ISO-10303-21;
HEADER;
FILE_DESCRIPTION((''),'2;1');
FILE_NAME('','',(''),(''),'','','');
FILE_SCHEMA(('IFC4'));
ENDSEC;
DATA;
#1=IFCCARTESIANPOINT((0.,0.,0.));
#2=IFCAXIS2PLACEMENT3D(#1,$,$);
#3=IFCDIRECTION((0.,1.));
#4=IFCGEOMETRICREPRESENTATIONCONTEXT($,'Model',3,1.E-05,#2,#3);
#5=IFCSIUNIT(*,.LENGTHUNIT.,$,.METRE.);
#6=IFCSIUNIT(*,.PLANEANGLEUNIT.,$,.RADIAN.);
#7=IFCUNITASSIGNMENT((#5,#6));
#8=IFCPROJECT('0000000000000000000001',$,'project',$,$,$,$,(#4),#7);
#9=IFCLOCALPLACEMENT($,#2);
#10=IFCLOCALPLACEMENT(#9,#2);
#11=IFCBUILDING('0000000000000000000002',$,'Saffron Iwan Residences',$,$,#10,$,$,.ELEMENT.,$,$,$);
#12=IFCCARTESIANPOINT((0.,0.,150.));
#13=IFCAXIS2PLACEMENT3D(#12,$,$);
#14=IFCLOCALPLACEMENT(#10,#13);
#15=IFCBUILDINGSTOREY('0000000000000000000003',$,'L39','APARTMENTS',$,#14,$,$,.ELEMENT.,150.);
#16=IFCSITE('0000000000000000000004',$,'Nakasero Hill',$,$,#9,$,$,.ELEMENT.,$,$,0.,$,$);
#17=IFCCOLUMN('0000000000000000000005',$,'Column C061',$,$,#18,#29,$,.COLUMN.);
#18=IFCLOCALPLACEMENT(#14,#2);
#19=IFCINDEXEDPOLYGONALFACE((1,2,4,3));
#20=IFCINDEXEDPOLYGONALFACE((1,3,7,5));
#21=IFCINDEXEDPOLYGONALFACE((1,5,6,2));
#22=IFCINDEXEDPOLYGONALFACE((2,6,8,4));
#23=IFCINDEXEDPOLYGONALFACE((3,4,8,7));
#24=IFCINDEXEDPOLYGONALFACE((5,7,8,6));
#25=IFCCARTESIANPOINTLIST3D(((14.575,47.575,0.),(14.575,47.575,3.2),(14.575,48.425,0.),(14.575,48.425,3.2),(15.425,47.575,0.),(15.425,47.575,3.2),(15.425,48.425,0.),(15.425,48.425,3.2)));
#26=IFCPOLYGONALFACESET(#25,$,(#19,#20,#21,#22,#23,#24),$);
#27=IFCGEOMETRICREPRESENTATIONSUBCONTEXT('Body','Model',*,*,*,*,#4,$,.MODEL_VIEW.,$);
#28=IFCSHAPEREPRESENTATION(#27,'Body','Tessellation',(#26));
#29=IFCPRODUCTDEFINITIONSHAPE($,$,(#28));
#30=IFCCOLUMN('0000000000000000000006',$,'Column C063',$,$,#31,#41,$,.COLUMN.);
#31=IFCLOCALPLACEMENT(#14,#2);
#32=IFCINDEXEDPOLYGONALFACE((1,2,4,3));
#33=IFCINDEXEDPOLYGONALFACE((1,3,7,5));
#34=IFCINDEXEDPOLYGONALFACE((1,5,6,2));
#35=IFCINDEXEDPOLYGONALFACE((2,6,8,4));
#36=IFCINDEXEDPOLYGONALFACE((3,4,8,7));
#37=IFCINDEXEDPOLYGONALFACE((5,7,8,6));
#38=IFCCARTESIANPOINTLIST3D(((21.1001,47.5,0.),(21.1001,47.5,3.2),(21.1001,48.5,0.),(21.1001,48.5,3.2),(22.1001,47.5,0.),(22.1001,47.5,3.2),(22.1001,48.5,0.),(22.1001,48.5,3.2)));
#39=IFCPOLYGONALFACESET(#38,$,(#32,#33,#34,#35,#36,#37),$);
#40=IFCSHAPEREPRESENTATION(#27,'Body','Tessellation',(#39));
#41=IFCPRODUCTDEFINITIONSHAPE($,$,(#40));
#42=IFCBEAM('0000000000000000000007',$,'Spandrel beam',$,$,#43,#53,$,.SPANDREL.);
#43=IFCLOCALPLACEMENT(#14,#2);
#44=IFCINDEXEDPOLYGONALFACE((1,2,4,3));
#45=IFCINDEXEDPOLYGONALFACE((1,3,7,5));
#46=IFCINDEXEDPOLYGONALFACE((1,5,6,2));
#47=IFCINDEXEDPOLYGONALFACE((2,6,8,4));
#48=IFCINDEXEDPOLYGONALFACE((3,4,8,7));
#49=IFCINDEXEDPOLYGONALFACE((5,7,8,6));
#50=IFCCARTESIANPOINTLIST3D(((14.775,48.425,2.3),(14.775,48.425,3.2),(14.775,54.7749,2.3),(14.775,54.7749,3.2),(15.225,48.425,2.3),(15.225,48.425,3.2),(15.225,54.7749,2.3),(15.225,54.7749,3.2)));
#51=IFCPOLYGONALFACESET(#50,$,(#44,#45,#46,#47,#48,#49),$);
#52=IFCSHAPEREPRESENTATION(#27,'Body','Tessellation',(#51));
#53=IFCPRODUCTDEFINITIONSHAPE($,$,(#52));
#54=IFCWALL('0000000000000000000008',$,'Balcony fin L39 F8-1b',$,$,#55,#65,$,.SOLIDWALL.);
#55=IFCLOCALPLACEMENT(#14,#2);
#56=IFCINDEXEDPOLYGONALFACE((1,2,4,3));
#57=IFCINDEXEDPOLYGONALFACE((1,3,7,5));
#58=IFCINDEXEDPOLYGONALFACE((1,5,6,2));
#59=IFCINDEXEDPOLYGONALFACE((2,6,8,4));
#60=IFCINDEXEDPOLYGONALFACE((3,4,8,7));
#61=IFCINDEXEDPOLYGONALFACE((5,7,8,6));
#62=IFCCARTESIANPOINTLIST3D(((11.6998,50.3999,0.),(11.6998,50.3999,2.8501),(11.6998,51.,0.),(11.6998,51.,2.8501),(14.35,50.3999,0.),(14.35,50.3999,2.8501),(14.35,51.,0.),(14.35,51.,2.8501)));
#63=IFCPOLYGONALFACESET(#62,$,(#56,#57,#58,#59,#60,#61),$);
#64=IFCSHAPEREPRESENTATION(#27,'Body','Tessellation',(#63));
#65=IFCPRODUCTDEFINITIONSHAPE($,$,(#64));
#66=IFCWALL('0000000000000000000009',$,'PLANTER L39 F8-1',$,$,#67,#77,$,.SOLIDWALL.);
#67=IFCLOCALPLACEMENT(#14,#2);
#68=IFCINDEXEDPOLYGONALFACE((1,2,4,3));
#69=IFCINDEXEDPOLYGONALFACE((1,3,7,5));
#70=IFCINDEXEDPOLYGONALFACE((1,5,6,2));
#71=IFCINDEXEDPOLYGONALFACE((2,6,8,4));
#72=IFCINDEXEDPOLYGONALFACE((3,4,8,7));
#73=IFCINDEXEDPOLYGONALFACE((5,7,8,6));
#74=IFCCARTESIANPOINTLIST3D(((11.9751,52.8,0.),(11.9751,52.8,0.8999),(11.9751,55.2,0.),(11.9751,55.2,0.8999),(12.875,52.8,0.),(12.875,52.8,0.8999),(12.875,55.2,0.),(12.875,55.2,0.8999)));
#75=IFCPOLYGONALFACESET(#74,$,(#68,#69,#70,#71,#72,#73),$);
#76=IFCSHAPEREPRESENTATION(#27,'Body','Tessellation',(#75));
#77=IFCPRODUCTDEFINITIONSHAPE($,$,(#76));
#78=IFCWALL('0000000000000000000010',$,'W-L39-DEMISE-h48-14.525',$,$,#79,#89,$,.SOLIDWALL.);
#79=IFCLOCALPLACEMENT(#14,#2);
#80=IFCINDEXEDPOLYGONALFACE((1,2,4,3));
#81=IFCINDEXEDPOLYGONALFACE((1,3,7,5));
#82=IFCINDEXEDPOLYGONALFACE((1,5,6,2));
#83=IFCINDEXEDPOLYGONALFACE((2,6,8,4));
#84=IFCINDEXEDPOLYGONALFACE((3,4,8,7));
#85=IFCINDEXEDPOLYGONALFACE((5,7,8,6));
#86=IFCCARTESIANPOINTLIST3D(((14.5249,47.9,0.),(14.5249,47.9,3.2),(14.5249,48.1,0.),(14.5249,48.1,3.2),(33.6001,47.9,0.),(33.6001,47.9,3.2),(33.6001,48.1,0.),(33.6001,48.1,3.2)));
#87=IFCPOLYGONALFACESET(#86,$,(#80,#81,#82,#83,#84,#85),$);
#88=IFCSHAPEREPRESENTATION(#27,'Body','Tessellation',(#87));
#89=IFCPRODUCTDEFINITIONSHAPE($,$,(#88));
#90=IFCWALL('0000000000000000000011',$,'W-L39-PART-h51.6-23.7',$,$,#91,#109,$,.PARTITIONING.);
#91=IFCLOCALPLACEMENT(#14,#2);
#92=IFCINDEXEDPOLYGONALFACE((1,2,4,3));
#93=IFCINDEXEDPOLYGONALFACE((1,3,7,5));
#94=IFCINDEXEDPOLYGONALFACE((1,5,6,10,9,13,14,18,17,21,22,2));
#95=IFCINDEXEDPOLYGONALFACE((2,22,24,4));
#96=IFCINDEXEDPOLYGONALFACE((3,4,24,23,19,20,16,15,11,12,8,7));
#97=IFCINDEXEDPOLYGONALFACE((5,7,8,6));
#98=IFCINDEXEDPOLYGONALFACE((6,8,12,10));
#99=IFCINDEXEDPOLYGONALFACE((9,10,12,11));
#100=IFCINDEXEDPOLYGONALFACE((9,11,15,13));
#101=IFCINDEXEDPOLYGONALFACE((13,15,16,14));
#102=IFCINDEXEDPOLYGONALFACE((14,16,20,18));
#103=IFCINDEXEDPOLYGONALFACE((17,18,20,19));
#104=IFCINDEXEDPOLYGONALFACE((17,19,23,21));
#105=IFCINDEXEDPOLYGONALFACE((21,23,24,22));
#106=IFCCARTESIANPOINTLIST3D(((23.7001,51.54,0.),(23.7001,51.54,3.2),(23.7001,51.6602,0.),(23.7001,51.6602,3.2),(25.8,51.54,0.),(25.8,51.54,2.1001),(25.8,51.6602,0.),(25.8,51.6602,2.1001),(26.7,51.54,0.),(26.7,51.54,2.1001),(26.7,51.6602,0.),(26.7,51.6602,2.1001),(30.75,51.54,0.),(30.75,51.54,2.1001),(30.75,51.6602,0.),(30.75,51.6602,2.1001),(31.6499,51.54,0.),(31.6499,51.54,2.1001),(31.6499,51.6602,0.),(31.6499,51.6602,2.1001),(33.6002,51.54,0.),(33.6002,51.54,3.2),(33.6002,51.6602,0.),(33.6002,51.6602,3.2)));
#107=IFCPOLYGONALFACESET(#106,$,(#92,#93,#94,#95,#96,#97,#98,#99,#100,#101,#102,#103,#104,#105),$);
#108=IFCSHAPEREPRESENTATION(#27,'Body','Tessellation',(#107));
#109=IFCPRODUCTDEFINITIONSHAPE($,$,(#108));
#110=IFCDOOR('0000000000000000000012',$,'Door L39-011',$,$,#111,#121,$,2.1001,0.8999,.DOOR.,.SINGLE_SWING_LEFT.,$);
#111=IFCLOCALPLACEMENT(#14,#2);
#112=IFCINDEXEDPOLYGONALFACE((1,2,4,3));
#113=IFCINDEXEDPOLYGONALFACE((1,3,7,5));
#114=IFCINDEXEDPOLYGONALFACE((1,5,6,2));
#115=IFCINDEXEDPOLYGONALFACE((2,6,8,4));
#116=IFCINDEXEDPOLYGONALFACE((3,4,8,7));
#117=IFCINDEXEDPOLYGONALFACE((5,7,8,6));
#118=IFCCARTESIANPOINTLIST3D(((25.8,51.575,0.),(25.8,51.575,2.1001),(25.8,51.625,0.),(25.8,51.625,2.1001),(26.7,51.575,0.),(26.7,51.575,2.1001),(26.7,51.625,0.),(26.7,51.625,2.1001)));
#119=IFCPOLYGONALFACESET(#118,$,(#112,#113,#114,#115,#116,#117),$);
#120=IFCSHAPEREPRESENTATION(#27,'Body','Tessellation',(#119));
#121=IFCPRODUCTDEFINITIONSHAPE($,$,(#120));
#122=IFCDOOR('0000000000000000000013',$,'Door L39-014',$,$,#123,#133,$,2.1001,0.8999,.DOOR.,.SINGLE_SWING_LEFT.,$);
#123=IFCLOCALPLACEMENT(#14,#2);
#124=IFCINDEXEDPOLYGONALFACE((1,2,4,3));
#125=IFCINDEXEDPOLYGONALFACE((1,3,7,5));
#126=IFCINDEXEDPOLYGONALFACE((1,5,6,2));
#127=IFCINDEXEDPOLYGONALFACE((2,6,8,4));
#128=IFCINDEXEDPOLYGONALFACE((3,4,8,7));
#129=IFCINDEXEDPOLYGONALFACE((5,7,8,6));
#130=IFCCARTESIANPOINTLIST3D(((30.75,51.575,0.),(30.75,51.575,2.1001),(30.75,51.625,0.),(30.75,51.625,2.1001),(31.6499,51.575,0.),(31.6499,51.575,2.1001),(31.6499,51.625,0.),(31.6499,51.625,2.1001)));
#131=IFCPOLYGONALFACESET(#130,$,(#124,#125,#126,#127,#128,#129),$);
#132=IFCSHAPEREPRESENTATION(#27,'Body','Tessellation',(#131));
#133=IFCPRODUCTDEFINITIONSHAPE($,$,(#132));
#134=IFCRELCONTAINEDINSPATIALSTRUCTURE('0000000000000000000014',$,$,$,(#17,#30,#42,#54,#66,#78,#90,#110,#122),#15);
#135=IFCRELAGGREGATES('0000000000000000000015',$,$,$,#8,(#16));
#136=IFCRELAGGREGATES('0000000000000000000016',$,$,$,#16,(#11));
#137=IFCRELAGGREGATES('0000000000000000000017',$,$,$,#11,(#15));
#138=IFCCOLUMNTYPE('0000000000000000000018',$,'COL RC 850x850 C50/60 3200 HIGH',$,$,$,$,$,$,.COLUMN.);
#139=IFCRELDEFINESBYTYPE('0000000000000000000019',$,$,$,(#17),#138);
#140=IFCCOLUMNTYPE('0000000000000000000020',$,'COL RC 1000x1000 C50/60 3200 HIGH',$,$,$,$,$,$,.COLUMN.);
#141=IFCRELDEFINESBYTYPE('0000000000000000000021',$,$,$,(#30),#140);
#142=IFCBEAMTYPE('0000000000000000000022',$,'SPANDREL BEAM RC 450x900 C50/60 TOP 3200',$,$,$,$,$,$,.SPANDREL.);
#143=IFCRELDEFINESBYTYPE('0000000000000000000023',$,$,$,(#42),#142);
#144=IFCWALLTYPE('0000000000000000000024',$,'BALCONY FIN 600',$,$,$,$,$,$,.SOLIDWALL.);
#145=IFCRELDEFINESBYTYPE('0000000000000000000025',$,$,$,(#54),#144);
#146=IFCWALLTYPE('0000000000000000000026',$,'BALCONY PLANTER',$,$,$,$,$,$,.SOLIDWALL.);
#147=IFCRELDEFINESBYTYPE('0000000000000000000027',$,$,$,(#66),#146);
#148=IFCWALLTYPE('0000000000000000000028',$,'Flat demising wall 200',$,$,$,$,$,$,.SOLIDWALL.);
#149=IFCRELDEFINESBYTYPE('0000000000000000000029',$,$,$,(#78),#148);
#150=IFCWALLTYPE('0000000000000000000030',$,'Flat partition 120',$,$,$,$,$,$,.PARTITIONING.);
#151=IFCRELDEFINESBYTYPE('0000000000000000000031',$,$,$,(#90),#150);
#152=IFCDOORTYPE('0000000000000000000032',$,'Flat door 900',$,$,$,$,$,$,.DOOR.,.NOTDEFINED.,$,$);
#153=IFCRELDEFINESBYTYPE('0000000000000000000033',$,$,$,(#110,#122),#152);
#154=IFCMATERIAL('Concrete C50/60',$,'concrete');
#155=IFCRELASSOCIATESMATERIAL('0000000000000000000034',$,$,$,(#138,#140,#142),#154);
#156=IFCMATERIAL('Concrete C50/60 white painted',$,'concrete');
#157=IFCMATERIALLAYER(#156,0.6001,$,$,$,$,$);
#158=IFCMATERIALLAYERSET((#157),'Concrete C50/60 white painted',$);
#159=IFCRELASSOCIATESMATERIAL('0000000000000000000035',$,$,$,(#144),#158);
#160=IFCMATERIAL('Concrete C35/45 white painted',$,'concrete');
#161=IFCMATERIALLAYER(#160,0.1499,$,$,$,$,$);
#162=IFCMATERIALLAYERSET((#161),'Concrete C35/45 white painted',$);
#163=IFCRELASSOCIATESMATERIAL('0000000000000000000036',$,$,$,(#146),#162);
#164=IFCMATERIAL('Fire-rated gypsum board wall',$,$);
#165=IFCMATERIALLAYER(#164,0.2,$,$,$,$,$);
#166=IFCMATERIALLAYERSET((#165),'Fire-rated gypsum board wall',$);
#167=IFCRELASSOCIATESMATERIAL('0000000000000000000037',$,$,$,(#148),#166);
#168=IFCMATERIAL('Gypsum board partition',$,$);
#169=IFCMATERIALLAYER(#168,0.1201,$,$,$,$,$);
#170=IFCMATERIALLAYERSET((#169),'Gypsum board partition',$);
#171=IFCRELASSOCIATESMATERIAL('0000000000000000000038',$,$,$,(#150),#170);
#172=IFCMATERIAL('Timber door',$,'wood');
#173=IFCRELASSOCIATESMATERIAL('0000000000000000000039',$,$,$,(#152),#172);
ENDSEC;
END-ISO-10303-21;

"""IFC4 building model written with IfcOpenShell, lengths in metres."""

from ifc_helpers import new_model, si_unit, direction, frame, frame_2d, origin, origin_2d, place, context, subcontext, project, spatial, rectangle, extrude, source, transform, mapped, material, layer, layer_set, material_profile, profile_set, type_object, element, fill, save


model = new_model("IFC4")

# Units and contexts
model_context = context("Model", 3, precision=1e-05, world=origin(), true_north=direction((0.0, 1.0)))
body_context = subcontext(model_context, "Body", "Model", "MODEL_VIEW")
ifc_project = project(units=[si_unit("LENGTHUNIT", "METRE"), si_unit("PLANEANGLEUNIT", "RADIAN")], contexts=[model_context])

# Site, building, storey
site_placement = place(None, origin())
site = spatial("IfcSite", under=ifc_project, at=site_placement, Name="Nakasero Hill", CompositionType="ELEMENT", RefElevation=0.0)
building_placement = place(site_placement, origin())
building = spatial("IfcBuilding", under=site, at=building_placement, Name="Saffron Iwan Residences", CompositionType="ELEMENT")
storey_placement = place(building_placement, frame((0.0, 0.0, 150.0)))
storey = spatial("IfcBuildingStorey", under=building, at=storey_placement, Name="L39", Description="APARTMENTS", CompositionType="ELEMENT", Elevation=150.0)

# Columns
ifc_material_1 = material(Name="Concrete C50/60", Category="concrete")
ifc_material_profile_1 = material_profile(ifc_material_1, rectangle(XDim=0.8501, YDim=0.8501, at=origin_2d()), Name="RC 850x850")
ifc_profile_set_1 = profile_set([ifc_material_profile_1], Name="Concrete C50/60")
column_type_1 = type_object("IfcColumnType", Name="COL RC 850x850 C50/60 3200 HIGH", PredefinedType="COLUMN", material=ifc_profile_set_1)
shared_shape_1 = source(origin(), body_context, "Body", "SweptSolid", [
    extrude(rectangle(XDim=0.8501, YDim=0.8501, at=origin_2d()), origin(), (0.0, 0.0, 1.0), 3.2),
])
column_1_placement = place(storey_placement, frame((15.0, 48.0, 0.0), z_axis=(0.0, 0.0, 1.0), x_axis=(1.0, 0.0, 0.0)))
element("IfcColumn", 1, at=column_1_placement, inside=storey, type_object=column_type_1, Name="Column C061", PredefinedType="COLUMN", context=body_context, shape_type="MappedRepresentation", body=[
    mapped(shared_shape_1, transform((0.0, 0.0, 0.0))),
])
ifc_material_profile_2 = material_profile(ifc_material_1, rectangle(XDim=1.0, YDim=1.0, at=origin_2d()), Name="RC 1000x1000")
ifc_profile_set_2 = profile_set([ifc_material_profile_2], Name="Concrete C50/60")
column_type_2 = type_object("IfcColumnType", Name="COL RC 1000x1000 C50/60 3200 HIGH", PredefinedType="COLUMN", material=ifc_profile_set_2)
shared_shape_2 = source(origin(), body_context, "Body", "SweptSolid", [
    extrude(rectangle(XDim=1.0, YDim=1.0, at=origin_2d()), origin(), (0.0, 0.0, 1.0), 3.2),
])
column_2_placement = place(storey_placement, frame((21.6001, 48.0, 0.0), z_axis=(0.0, 0.0, 1.0), x_axis=(1.0, 0.0, 0.0)))
element("IfcColumn", 2, at=column_2_placement, inside=storey, type_object=column_type_2, Name="Column C063", PredefinedType="COLUMN", context=body_context, shape_type="MappedRepresentation", body=[
    mapped(shared_shape_2, transform((0.0, 0.0, 0.0))),
])

# Beam
ifc_material_profile_3 = material_profile(ifc_material_1, rectangle(XDim=0.45, YDim=0.8999, at=origin_2d()), Name="RC 450x900")
ifc_profile_set_3 = profile_set([ifc_material_profile_3], Name="Concrete C50/60")
beam_type = type_object("IfcBeamType", Name="SPANDREL BEAM RC 450x900 C50/60 TOP 3200", PredefinedType="SPANDREL", material=ifc_profile_set_3)
shared_shape_3 = source(origin(), body_context, "Body", "SweptSolid", [
    extrude(rectangle(XDim=0.45, YDim=0.8999, at=origin_2d()), origin(), (0.0, 0.0, 1.0), 6.3499),
])
beam_placement = place(storey_placement, frame((15.0, 48.425, 2.75), z_axis=(0.0, 1.0, 0.0), x_axis=(-1.0, 0.0, 0.0)))
element("IfcBeam", 3, at=beam_placement, inside=storey, type_object=beam_type, Name="Spandrel beam", PredefinedType="SPANDREL", context=body_context, shape_type="MappedRepresentation", body=[
    mapped(shared_shape_3, transform((0.0, 0.0, 0.0))),
])

# Walls
ifc_material_2 = material(Name="Concrete C50/60 white painted", Category="concrete")
ifc_layer_1 = layer(ifc_material_2, 0.6001)
ifc_layer_set_1 = layer_set([ifc_layer_1], Name="Concrete C50/60 white painted")
wall_type_1 = type_object("IfcWallType", Name="BALCONY FIN 600", PredefinedType="SOLIDWALL", material=ifc_layer_set_1)
wall_1_placement = place(storey_placement, frame((14.3501, 50.7, 0.0), z_axis=(0.0, 0.0, 1.0), x_axis=(-1.0, 0.0, 0.0)))
element("IfcWall", 4, at=wall_1_placement, inside=storey, type_object=wall_type_1, Name="Balcony fin L39 F8-1b", PredefinedType="SOLIDWALL", context=body_context, shape_type="SweptSolid", body=[
    extrude(rectangle(XDim=2.6501, YDim=0.6001, at=frame_2d((1.3252, 0.0))), origin(), (0.0, 0.0, 1.0), 2.8501),
])
ifc_material_3 = material(Name="Concrete C35/45 white painted", Category="concrete")
ifc_layer_2 = layer(ifc_material_3, 0.1499)
ifc_layer_set_2 = layer_set([ifc_layer_2], Name="Concrete C35/45 white painted")
wall_type_2 = type_object("IfcWallType", Name="BALCONY PLANTER", PredefinedType="SOLIDWALL", material=ifc_layer_set_2)
wall_2_placement = place(storey_placement, frame((12.425, 55.2, 0.0), z_axis=(0.0, 0.0, 1.0), x_axis=(0.0, -1.0, 0.0)))
element("IfcWall", 5, at=wall_2_placement, inside=storey, type_object=wall_type_2, Name="PLANTER L39 F8-1", PredefinedType="SOLIDWALL", context=body_context, shape_type="SweptSolid", body=[
    extrude(rectangle(XDim=2.3999, YDim=0.8999, at=frame_2d((1.2, 0.0))), origin(), (0.0, 0.0, 1.0), 0.8999),
])
ifc_material_4 = material(Name="Fire-rated gypsum board wall")
ifc_layer_3 = layer(ifc_material_4, 0.2)
ifc_layer_set_3 = layer_set([ifc_layer_3], Name="Fire-rated gypsum board wall")
wall_type_3 = type_object("IfcWallType", Name="Flat demising wall 200", PredefinedType="SOLIDWALL", material=ifc_layer_set_3)
wall_3_placement = place(storey_placement, frame((14.5249, 48.0, 0.0), z_axis=(0.0, 0.0, 1.0), x_axis=(1.0, 0.0, 0.0)))
element("IfcWall", 6, at=wall_3_placement, inside=storey, type_object=wall_type_3, Name="W-L39-DEMISE-h48-14.525", PredefinedType="SOLIDWALL", context=body_context, shape_type="SweptSolid", body=[
    extrude(rectangle(XDim=19.0752, YDim=0.2, at=frame_2d((9.5376, 0.0))), origin(), (0.0, 0.0, 1.0), 3.2),
])

# Wall, openings, doors
ifc_material_5 = material(Name="Gypsum board partition")
ifc_layer_4 = layer(ifc_material_5, 0.1201)
ifc_layer_set_4 = layer_set([ifc_layer_4], Name="Gypsum board partition")
wall_type_4 = type_object("IfcWallType", Name="Flat partition 120", PredefinedType="PARTITIONING", material=ifc_layer_set_4)
wall_4_placement = place(storey_placement, frame((23.7, 51.6001, 0.0), z_axis=(0.0, 0.0, 1.0), x_axis=(1.0, 0.0, 0.0)))
wall_4 = element("IfcWall", 7, at=wall_4_placement, inside=storey, type_object=wall_type_4, Name="W-L39-PART-h51.6-23.7", PredefinedType="PARTITIONING", context=body_context, shape_type="SweptSolid", body=[
    extrude(rectangle(XDim=9.9001, YDim=0.1201, at=frame_2d((4.9502, 0.0))), origin(), (0.0, 0.0, 1.0), 3.2),
])
opening_1_placement = place(wall_4_placement, frame((2.1001, 0.0, 0.0)))
opening_1 = element("IfcOpeningElement", 8, at=opening_1_placement, cuts=wall_4, PredefinedType="OPENING", context=body_context, shape_type="SweptSolid", body=[
    extrude(rectangle(XDim=0.8999, YDim=2.1001, at=frame_2d((0.45, 1.05))), frame((0.0, 0.0701, 0.0), z_axis=(0.0, -1.0, 0.0), x_axis=(1.0, 0.0, 0.0)), (0.0, 0.0, 1.0), 0.1401),
])
opening_2_placement = place(wall_4_placement, frame((7.05, 0.0, 0.0)))
opening_2 = element("IfcOpeningElement", 9, at=opening_2_placement, cuts=wall_4, PredefinedType="OPENING", context=body_context, shape_type="SweptSolid", body=[
    extrude(rectangle(XDim=0.8999, YDim=2.1001, at=frame_2d((0.45, 1.05))), frame((0.0, 0.0701, 0.0), z_axis=(0.0, -1.0, 0.0), x_axis=(1.0, 0.0, 0.0)), (0.0, 0.0, 1.0), 0.1401),
])
ifc_material_6 = material(Name="Timber door", Category="wood")
door_type_1 = type_object("IfcDoorType", Name="Flat door 900", OperationType="NOTDEFINED", PredefinedType="DOOR", material=ifc_material_6)
door_1_placement = place(opening_1_placement, origin())
door_1 = element("IfcDoor", 10, at=door_1_placement, inside=storey, type_object=door_type_1, Name="Door L39-011", OperationType="SINGLE_SWING_LEFT", OverallHeight=2.1001, OverallWidth=0.8999, PredefinedType="DOOR", context=body_context, shape_type="SweptSolid", body=[
    extrude(rectangle(XDim=0.8999, YDim=2.1001, at=frame_2d((0.45, 1.05))), frame((0.0, 0.0249, 0.0), z_axis=(0.0, -1.0, 0.0), x_axis=(1.0, 0.0, 0.0)), (0.0, 0.0, 1.0), 0.05),
])
fill(opening_1, door_1)
door_2_placement = place(opening_2_placement, origin())
door_2 = element("IfcDoor", 11, at=door_2_placement, inside=storey, type_object=door_type_1, Name="Door L39-014", OperationType="SINGLE_SWING_LEFT", OverallHeight=2.1001, OverallWidth=0.8999, PredefinedType="DOOR", context=body_context, shape_type="SweptSolid", body=[
    extrude(rectangle(XDim=0.8999, YDim=2.1001, at=frame_2d((0.45, 1.05))), frame((0.0, 0.0249, 0.0), z_axis=(0.0, -1.0, 0.0), x_axis=(1.0, 0.0, 0.0)), (0.0, 0.0, 1.0), 0.05),
])
fill(opening_2, door_2)

save(model, "model.ifc")
